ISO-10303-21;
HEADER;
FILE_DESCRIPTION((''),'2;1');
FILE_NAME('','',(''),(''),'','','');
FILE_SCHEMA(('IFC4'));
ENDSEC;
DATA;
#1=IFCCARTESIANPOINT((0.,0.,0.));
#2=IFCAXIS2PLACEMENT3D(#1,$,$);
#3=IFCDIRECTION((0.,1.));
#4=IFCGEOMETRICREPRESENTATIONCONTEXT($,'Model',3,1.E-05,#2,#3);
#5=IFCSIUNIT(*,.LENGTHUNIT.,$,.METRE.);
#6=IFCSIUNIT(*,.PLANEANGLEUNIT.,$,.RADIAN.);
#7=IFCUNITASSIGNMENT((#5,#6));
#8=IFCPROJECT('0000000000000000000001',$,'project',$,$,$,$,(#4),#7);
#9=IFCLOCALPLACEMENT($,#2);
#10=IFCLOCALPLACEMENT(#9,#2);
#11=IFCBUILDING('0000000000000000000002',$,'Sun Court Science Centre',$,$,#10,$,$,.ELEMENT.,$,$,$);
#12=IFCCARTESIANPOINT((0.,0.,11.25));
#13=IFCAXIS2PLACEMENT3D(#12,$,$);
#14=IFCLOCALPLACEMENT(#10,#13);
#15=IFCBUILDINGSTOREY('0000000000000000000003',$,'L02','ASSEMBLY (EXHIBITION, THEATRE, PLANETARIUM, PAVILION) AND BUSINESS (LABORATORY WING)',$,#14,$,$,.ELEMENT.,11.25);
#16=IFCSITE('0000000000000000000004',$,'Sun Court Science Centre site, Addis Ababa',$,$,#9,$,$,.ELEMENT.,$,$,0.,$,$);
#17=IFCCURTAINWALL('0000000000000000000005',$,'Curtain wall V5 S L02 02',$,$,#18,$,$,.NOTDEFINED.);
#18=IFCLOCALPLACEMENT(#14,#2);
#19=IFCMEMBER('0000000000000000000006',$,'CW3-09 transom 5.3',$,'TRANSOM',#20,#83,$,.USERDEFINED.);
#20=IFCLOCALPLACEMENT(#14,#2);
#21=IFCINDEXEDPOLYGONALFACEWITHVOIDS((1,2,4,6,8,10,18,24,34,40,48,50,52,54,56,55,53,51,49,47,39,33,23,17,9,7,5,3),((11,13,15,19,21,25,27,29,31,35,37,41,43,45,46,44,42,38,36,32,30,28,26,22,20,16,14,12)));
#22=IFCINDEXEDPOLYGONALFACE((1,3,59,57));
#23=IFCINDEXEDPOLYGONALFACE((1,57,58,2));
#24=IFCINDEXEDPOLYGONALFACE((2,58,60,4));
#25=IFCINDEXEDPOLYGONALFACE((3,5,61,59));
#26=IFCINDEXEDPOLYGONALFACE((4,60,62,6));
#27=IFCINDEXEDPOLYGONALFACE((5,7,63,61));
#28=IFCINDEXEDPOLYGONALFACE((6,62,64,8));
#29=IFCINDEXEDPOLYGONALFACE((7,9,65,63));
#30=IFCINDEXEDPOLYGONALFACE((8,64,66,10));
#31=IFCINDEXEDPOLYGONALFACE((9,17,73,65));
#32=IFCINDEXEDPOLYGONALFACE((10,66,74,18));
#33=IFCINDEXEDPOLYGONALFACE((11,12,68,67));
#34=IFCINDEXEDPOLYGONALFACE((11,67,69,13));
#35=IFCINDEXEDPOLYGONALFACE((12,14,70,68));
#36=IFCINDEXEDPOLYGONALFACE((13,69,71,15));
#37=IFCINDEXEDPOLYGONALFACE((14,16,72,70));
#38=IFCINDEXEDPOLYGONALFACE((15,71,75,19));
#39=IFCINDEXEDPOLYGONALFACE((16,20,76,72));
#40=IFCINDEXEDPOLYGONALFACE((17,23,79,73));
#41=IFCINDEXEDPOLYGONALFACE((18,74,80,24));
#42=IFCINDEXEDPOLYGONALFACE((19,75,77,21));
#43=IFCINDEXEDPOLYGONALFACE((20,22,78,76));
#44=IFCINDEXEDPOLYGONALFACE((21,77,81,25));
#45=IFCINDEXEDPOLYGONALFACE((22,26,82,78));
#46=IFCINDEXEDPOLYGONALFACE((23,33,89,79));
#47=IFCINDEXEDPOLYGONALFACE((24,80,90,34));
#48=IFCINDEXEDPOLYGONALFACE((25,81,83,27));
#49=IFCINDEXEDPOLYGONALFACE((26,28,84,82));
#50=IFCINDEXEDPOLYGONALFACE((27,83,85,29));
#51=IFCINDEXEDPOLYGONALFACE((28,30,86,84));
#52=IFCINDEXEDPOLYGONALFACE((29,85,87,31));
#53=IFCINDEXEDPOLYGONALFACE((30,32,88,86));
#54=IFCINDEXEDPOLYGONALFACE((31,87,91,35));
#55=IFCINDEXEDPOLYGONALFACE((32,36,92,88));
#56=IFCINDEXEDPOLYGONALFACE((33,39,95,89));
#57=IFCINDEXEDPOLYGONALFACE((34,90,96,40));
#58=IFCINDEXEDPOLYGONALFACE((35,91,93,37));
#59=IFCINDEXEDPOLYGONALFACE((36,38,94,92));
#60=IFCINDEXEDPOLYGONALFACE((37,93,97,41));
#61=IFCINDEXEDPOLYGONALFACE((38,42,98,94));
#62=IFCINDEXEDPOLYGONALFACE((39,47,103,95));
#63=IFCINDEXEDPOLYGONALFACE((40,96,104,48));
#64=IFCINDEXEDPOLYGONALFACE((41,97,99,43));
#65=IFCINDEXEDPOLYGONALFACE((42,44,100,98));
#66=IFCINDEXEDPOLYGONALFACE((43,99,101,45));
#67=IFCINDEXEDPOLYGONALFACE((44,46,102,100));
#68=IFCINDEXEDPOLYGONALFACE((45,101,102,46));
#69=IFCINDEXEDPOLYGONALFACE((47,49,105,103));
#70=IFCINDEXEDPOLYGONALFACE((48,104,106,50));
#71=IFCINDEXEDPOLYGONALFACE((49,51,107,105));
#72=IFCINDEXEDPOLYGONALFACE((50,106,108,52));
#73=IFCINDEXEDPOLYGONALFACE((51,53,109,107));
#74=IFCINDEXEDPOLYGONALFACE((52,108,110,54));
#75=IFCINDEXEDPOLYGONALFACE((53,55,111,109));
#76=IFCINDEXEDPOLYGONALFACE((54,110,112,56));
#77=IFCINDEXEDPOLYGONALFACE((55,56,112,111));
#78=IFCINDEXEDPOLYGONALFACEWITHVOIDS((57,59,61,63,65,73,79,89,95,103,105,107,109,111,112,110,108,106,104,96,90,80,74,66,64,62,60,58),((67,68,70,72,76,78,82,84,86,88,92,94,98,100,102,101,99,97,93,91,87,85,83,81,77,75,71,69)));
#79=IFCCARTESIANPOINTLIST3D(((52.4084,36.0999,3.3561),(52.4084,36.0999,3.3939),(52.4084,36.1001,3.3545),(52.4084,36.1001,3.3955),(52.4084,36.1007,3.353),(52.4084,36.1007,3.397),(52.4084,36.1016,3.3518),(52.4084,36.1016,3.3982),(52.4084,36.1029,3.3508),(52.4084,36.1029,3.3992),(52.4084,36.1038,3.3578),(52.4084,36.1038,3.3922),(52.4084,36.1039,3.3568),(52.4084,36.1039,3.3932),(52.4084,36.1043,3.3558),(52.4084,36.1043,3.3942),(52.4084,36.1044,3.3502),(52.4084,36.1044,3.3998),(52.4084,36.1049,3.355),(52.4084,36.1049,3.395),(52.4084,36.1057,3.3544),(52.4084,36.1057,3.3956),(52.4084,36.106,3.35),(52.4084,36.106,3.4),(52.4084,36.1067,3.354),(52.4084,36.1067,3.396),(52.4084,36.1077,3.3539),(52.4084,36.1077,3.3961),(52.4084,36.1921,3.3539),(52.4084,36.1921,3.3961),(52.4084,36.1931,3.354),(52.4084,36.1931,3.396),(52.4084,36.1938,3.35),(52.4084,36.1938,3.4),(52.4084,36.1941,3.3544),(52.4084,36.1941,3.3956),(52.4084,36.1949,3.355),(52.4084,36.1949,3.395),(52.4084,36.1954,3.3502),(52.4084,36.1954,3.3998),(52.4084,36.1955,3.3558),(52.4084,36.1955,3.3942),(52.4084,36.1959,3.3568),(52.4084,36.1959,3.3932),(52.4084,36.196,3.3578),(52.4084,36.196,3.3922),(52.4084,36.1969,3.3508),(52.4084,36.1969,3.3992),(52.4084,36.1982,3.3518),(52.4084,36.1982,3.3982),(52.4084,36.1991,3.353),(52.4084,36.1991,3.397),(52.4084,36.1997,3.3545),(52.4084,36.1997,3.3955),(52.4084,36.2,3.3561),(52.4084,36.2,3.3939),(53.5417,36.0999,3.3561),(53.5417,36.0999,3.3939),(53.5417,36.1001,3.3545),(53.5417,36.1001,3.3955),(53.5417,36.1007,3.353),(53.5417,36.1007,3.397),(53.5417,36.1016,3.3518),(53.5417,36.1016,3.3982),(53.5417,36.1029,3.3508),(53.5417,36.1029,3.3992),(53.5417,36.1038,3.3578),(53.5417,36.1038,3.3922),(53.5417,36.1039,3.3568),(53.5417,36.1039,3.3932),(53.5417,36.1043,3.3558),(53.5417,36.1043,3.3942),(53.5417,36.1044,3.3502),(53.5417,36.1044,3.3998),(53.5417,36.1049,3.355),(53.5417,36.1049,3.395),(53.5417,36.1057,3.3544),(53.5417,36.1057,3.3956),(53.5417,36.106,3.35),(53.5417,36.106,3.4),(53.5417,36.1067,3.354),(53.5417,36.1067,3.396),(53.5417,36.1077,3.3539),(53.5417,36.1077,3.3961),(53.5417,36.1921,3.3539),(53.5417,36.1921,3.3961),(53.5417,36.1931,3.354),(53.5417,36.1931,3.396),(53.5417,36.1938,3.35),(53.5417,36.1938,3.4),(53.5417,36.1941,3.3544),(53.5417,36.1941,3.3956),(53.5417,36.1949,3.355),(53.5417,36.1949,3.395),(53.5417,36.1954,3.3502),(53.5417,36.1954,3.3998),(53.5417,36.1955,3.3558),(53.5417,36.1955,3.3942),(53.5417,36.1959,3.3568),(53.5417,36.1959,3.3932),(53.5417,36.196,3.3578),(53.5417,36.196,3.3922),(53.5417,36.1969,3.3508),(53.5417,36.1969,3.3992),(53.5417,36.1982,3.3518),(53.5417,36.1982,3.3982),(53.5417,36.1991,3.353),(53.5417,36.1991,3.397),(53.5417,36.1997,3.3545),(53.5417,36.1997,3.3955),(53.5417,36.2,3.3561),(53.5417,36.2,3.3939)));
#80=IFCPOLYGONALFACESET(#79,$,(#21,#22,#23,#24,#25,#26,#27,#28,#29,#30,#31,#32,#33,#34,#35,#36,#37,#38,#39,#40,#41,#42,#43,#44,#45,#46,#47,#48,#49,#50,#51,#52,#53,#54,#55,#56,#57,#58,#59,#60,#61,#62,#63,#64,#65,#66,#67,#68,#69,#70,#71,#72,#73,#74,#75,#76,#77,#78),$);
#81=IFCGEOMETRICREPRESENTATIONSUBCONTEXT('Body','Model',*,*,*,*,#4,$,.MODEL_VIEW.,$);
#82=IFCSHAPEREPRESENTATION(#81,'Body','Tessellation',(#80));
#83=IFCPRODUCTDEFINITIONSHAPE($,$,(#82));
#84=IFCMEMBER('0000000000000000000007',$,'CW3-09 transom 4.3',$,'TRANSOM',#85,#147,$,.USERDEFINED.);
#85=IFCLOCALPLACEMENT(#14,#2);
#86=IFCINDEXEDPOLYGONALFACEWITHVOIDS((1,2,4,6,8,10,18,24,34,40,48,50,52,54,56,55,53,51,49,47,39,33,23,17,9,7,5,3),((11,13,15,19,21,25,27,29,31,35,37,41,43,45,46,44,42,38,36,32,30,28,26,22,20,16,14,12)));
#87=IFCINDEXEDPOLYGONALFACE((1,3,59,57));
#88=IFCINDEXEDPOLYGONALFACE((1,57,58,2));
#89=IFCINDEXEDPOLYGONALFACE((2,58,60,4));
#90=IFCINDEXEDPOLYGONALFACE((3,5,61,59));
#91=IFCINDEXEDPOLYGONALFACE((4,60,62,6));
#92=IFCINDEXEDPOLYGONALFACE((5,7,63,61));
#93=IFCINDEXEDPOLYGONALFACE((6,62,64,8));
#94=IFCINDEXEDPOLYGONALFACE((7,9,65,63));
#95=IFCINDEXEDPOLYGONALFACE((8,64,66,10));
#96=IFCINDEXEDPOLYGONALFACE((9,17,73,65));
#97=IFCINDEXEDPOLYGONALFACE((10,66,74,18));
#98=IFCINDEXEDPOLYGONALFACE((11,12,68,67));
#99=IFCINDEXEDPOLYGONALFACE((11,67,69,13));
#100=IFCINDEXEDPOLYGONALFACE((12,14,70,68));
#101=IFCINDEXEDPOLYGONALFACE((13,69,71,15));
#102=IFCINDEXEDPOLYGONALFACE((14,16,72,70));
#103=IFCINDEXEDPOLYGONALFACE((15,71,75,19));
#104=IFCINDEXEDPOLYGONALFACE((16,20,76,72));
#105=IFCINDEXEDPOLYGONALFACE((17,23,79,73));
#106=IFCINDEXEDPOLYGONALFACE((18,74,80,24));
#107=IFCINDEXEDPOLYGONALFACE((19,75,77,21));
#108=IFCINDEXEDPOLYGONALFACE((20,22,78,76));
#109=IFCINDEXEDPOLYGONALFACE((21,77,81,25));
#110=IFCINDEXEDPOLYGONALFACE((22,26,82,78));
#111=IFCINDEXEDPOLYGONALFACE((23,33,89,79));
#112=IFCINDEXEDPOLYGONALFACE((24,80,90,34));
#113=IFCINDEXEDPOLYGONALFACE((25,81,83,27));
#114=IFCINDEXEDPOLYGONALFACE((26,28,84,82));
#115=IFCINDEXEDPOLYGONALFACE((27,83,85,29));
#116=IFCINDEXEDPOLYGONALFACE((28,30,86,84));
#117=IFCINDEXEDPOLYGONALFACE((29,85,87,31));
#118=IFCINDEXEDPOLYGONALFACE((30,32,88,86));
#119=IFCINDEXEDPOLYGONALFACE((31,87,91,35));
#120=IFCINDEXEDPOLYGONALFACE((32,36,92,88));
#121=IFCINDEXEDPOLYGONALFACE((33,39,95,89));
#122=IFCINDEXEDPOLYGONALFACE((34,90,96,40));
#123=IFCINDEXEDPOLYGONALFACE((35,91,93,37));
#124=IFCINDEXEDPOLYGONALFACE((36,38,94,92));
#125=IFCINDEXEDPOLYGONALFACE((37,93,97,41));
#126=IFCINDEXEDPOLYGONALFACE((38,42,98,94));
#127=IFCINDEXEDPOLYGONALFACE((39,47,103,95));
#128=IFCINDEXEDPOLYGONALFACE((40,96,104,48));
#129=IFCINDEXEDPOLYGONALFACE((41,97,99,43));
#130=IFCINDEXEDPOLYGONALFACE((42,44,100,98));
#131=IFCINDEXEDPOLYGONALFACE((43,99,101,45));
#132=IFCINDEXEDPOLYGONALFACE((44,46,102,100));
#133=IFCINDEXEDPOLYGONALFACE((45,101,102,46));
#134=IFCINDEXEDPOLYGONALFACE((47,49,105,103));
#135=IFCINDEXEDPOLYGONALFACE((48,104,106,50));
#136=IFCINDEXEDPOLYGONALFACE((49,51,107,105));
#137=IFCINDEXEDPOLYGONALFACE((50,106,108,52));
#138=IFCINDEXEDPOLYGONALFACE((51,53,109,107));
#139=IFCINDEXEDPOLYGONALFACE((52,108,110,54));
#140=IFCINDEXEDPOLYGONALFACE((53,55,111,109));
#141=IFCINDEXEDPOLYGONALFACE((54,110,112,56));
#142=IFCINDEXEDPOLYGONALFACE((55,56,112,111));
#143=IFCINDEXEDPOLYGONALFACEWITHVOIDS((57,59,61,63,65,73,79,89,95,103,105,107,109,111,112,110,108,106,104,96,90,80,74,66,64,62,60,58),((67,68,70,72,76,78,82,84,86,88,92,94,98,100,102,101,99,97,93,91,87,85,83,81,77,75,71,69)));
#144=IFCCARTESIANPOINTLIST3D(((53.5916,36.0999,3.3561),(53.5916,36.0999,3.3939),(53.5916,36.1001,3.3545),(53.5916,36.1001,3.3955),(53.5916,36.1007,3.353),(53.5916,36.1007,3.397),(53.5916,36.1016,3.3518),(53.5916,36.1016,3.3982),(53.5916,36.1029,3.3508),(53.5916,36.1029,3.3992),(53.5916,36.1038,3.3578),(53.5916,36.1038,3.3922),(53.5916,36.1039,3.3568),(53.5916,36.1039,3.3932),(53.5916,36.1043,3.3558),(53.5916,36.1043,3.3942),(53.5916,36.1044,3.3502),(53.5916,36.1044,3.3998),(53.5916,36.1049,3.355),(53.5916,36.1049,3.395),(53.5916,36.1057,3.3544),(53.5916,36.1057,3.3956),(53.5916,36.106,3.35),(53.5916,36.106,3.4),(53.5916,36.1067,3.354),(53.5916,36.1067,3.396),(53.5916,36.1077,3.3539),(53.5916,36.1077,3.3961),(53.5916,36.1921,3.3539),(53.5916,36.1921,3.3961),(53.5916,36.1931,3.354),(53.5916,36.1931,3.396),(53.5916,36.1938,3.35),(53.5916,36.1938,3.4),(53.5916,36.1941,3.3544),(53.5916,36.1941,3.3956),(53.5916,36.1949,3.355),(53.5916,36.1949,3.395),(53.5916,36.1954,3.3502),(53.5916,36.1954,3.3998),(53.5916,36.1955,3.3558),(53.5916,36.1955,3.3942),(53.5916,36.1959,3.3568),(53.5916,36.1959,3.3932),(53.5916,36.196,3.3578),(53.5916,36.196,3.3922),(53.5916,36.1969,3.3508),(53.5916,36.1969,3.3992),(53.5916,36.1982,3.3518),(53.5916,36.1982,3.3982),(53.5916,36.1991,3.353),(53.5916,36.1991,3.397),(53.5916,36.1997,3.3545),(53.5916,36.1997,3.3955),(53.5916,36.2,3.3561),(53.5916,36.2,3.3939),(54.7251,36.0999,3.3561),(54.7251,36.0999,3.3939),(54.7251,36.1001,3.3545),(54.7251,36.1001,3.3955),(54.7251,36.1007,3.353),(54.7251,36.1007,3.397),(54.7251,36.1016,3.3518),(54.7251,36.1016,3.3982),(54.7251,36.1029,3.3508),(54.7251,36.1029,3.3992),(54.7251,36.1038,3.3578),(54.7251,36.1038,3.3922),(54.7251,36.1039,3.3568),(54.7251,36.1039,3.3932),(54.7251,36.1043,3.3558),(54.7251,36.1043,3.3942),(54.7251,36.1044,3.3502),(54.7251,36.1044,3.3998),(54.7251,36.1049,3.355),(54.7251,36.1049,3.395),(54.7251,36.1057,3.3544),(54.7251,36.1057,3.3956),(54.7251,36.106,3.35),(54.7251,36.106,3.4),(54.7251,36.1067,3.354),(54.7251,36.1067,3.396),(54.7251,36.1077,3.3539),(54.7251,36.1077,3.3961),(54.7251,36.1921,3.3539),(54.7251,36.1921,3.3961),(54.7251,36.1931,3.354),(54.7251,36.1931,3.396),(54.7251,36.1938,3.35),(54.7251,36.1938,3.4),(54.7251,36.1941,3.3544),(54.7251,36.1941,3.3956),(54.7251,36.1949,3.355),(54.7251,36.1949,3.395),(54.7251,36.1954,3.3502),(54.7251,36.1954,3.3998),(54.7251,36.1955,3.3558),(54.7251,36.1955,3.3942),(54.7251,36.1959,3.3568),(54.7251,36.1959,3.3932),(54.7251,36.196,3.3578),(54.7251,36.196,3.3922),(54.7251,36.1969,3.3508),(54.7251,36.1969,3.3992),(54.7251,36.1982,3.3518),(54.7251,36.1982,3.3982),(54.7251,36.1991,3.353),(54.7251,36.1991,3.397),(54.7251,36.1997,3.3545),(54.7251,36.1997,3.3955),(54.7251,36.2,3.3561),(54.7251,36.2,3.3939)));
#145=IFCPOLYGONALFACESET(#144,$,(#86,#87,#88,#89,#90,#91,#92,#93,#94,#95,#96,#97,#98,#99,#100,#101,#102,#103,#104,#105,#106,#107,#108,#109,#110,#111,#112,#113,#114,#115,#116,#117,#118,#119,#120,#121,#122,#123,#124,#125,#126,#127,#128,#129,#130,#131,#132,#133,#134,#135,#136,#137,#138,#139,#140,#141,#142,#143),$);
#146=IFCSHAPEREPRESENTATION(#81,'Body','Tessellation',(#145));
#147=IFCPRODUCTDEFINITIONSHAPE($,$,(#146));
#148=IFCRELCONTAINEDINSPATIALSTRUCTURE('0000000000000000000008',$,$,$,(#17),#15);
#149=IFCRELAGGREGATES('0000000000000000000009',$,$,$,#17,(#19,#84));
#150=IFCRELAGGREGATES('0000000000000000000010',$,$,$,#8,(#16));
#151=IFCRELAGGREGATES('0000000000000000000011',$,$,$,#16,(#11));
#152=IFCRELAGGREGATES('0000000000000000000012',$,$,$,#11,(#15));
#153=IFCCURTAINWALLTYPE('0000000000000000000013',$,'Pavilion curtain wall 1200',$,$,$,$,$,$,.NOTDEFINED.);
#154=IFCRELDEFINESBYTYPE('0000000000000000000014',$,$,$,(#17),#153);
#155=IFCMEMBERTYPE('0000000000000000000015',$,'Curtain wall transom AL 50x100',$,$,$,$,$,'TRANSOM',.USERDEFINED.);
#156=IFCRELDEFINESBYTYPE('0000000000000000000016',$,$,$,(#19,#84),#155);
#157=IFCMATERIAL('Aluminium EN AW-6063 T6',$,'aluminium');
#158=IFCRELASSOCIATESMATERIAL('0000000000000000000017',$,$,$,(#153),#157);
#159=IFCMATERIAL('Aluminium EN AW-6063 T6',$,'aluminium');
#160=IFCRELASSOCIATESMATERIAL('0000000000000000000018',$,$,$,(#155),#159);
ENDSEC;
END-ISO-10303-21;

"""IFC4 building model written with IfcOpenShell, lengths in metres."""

from ifc_helpers import new_model, si_unit, direction, frame, origin, origin_2d, place, context, subcontext, project, spatial, hollow_rectangle, extrude, material, material_profile, profile_set, type_object, element, aggregate, save


model = new_model("IFC4")

# Units and contexts
model_context = context("Model", 3, precision=1e-05, world=origin(), true_north=direction((0.0, 1.0)))
body_context = subcontext(model_context, "Body", "Model", "MODEL_VIEW")
ifc_project = project(units=[si_unit("LENGTHUNIT", "METRE"), si_unit("PLANEANGLEUNIT", "RADIAN")], contexts=[model_context])

# Site, building, storey
site_placement = place(None, origin())
site = spatial("IfcSite", under=ifc_project, at=site_placement, Name="Sun Court Science Centre site, Addis Ababa", CompositionType="ELEMENT", RefElevation=0.0)
building_placement = place(site_placement, origin())
building = spatial("IfcBuilding", under=site, at=building_placement, Name="Sun Court Science Centre", CompositionType="ELEMENT")
storey_placement = place(building_placement, frame((0.0, 0.0, 11.25)))
storey = spatial("IfcBuildingStorey", under=building, at=storey_placement, Name="L02", Description="ASSEMBLY (EXHIBITION, THEATRE, PLANETARIUM, PAVILION) AND BUSINESS (LABORATORY WING)", CompositionType="ELEMENT", Elevation=11.25)

# Curtain wall, members
ifc_material_1 = material(Name="Aluminium EN AW-6063 T6", Category="aluminium")
curtain_wall_type = type_object("IfcCurtainWallType", Name="Pavilion curtain wall 1200", PredefinedType="NOTDEFINED", material=ifc_material_1)
curtain_wall_placement = place(storey_placement, origin())
curtain_wall = element("IfcCurtainWall", 1, at=curtain_wall_placement, inside=storey, type_object=curtain_wall_type, Name="Curtain wall V5 S L02 02", PredefinedType="NOTDEFINED")
ifc_material_2 = material(Name="Aluminium EN AW-6063 T6", Category="aluminium")
ifc_material_profile_1 = material_profile(ifc_material_2, hollow_rectangle(XDim=0.05, YDim=0.1001, WallThickness=0.0039, InnerFilletRadius=0.0039, OuterFilletRadius=0.0061, at=origin_2d()), Name="AL 50x100x4")
ifc_profile_set_1 = profile_set([ifc_material_profile_1], Name="Aluminium EN AW-6063 T6")
member_type_1 = type_object("IfcMemberType", Name="Curtain wall transom AL 50x100", ElementType="TRANSOM", PredefinedType="USERDEFINED", material=ifc_profile_set_1)
member_1_placement = place(storey_placement, frame((53.5417, 36.1499, 3.375), z_axis=(-1.0, 0.0, 0.0), x_axis=(0.0, 0.0, 1.0)))
member_1 = element("IfcMember", 2, at=member_1_placement, type_object=member_type_1, Name="CW3-09 transom 5.3", ObjectType="TRANSOM", PredefinedType="USERDEFINED", context=body_context, shape_type="SweptSolid", body=[
    extrude(hollow_rectangle(XDim=0.05, YDim=0.1001, WallThickness=0.0039, InnerFilletRadius=0.0039, OuterFilletRadius=0.0061, at=origin_2d()), origin(), (0.0, 0.0, 1.0), 1.1333),
])
member_2_placement = place(storey_placement, frame((54.7251, 36.1499, 3.375), z_axis=(-1.0, 0.0, 0.0), x_axis=(0.0, 0.0, 1.0)))
member_2 = element("IfcMember", 3, at=member_2_placement, type_object=member_type_1, Name="CW3-09 transom 4.3", ObjectType="TRANSOM", PredefinedType="USERDEFINED", context=body_context, shape_type="SweptSolid", body=[
    extrude(hollow_rectangle(XDim=0.05, YDim=0.1001, WallThickness=0.0039, InnerFilletRadius=0.0039, OuterFilletRadius=0.0061, at=origin_2d()), origin(), (0.0, 0.0, 1.0), 1.1335),
])
aggregate(curtain_wall, [member_1, member_2])

save(model, "model.ifc")
